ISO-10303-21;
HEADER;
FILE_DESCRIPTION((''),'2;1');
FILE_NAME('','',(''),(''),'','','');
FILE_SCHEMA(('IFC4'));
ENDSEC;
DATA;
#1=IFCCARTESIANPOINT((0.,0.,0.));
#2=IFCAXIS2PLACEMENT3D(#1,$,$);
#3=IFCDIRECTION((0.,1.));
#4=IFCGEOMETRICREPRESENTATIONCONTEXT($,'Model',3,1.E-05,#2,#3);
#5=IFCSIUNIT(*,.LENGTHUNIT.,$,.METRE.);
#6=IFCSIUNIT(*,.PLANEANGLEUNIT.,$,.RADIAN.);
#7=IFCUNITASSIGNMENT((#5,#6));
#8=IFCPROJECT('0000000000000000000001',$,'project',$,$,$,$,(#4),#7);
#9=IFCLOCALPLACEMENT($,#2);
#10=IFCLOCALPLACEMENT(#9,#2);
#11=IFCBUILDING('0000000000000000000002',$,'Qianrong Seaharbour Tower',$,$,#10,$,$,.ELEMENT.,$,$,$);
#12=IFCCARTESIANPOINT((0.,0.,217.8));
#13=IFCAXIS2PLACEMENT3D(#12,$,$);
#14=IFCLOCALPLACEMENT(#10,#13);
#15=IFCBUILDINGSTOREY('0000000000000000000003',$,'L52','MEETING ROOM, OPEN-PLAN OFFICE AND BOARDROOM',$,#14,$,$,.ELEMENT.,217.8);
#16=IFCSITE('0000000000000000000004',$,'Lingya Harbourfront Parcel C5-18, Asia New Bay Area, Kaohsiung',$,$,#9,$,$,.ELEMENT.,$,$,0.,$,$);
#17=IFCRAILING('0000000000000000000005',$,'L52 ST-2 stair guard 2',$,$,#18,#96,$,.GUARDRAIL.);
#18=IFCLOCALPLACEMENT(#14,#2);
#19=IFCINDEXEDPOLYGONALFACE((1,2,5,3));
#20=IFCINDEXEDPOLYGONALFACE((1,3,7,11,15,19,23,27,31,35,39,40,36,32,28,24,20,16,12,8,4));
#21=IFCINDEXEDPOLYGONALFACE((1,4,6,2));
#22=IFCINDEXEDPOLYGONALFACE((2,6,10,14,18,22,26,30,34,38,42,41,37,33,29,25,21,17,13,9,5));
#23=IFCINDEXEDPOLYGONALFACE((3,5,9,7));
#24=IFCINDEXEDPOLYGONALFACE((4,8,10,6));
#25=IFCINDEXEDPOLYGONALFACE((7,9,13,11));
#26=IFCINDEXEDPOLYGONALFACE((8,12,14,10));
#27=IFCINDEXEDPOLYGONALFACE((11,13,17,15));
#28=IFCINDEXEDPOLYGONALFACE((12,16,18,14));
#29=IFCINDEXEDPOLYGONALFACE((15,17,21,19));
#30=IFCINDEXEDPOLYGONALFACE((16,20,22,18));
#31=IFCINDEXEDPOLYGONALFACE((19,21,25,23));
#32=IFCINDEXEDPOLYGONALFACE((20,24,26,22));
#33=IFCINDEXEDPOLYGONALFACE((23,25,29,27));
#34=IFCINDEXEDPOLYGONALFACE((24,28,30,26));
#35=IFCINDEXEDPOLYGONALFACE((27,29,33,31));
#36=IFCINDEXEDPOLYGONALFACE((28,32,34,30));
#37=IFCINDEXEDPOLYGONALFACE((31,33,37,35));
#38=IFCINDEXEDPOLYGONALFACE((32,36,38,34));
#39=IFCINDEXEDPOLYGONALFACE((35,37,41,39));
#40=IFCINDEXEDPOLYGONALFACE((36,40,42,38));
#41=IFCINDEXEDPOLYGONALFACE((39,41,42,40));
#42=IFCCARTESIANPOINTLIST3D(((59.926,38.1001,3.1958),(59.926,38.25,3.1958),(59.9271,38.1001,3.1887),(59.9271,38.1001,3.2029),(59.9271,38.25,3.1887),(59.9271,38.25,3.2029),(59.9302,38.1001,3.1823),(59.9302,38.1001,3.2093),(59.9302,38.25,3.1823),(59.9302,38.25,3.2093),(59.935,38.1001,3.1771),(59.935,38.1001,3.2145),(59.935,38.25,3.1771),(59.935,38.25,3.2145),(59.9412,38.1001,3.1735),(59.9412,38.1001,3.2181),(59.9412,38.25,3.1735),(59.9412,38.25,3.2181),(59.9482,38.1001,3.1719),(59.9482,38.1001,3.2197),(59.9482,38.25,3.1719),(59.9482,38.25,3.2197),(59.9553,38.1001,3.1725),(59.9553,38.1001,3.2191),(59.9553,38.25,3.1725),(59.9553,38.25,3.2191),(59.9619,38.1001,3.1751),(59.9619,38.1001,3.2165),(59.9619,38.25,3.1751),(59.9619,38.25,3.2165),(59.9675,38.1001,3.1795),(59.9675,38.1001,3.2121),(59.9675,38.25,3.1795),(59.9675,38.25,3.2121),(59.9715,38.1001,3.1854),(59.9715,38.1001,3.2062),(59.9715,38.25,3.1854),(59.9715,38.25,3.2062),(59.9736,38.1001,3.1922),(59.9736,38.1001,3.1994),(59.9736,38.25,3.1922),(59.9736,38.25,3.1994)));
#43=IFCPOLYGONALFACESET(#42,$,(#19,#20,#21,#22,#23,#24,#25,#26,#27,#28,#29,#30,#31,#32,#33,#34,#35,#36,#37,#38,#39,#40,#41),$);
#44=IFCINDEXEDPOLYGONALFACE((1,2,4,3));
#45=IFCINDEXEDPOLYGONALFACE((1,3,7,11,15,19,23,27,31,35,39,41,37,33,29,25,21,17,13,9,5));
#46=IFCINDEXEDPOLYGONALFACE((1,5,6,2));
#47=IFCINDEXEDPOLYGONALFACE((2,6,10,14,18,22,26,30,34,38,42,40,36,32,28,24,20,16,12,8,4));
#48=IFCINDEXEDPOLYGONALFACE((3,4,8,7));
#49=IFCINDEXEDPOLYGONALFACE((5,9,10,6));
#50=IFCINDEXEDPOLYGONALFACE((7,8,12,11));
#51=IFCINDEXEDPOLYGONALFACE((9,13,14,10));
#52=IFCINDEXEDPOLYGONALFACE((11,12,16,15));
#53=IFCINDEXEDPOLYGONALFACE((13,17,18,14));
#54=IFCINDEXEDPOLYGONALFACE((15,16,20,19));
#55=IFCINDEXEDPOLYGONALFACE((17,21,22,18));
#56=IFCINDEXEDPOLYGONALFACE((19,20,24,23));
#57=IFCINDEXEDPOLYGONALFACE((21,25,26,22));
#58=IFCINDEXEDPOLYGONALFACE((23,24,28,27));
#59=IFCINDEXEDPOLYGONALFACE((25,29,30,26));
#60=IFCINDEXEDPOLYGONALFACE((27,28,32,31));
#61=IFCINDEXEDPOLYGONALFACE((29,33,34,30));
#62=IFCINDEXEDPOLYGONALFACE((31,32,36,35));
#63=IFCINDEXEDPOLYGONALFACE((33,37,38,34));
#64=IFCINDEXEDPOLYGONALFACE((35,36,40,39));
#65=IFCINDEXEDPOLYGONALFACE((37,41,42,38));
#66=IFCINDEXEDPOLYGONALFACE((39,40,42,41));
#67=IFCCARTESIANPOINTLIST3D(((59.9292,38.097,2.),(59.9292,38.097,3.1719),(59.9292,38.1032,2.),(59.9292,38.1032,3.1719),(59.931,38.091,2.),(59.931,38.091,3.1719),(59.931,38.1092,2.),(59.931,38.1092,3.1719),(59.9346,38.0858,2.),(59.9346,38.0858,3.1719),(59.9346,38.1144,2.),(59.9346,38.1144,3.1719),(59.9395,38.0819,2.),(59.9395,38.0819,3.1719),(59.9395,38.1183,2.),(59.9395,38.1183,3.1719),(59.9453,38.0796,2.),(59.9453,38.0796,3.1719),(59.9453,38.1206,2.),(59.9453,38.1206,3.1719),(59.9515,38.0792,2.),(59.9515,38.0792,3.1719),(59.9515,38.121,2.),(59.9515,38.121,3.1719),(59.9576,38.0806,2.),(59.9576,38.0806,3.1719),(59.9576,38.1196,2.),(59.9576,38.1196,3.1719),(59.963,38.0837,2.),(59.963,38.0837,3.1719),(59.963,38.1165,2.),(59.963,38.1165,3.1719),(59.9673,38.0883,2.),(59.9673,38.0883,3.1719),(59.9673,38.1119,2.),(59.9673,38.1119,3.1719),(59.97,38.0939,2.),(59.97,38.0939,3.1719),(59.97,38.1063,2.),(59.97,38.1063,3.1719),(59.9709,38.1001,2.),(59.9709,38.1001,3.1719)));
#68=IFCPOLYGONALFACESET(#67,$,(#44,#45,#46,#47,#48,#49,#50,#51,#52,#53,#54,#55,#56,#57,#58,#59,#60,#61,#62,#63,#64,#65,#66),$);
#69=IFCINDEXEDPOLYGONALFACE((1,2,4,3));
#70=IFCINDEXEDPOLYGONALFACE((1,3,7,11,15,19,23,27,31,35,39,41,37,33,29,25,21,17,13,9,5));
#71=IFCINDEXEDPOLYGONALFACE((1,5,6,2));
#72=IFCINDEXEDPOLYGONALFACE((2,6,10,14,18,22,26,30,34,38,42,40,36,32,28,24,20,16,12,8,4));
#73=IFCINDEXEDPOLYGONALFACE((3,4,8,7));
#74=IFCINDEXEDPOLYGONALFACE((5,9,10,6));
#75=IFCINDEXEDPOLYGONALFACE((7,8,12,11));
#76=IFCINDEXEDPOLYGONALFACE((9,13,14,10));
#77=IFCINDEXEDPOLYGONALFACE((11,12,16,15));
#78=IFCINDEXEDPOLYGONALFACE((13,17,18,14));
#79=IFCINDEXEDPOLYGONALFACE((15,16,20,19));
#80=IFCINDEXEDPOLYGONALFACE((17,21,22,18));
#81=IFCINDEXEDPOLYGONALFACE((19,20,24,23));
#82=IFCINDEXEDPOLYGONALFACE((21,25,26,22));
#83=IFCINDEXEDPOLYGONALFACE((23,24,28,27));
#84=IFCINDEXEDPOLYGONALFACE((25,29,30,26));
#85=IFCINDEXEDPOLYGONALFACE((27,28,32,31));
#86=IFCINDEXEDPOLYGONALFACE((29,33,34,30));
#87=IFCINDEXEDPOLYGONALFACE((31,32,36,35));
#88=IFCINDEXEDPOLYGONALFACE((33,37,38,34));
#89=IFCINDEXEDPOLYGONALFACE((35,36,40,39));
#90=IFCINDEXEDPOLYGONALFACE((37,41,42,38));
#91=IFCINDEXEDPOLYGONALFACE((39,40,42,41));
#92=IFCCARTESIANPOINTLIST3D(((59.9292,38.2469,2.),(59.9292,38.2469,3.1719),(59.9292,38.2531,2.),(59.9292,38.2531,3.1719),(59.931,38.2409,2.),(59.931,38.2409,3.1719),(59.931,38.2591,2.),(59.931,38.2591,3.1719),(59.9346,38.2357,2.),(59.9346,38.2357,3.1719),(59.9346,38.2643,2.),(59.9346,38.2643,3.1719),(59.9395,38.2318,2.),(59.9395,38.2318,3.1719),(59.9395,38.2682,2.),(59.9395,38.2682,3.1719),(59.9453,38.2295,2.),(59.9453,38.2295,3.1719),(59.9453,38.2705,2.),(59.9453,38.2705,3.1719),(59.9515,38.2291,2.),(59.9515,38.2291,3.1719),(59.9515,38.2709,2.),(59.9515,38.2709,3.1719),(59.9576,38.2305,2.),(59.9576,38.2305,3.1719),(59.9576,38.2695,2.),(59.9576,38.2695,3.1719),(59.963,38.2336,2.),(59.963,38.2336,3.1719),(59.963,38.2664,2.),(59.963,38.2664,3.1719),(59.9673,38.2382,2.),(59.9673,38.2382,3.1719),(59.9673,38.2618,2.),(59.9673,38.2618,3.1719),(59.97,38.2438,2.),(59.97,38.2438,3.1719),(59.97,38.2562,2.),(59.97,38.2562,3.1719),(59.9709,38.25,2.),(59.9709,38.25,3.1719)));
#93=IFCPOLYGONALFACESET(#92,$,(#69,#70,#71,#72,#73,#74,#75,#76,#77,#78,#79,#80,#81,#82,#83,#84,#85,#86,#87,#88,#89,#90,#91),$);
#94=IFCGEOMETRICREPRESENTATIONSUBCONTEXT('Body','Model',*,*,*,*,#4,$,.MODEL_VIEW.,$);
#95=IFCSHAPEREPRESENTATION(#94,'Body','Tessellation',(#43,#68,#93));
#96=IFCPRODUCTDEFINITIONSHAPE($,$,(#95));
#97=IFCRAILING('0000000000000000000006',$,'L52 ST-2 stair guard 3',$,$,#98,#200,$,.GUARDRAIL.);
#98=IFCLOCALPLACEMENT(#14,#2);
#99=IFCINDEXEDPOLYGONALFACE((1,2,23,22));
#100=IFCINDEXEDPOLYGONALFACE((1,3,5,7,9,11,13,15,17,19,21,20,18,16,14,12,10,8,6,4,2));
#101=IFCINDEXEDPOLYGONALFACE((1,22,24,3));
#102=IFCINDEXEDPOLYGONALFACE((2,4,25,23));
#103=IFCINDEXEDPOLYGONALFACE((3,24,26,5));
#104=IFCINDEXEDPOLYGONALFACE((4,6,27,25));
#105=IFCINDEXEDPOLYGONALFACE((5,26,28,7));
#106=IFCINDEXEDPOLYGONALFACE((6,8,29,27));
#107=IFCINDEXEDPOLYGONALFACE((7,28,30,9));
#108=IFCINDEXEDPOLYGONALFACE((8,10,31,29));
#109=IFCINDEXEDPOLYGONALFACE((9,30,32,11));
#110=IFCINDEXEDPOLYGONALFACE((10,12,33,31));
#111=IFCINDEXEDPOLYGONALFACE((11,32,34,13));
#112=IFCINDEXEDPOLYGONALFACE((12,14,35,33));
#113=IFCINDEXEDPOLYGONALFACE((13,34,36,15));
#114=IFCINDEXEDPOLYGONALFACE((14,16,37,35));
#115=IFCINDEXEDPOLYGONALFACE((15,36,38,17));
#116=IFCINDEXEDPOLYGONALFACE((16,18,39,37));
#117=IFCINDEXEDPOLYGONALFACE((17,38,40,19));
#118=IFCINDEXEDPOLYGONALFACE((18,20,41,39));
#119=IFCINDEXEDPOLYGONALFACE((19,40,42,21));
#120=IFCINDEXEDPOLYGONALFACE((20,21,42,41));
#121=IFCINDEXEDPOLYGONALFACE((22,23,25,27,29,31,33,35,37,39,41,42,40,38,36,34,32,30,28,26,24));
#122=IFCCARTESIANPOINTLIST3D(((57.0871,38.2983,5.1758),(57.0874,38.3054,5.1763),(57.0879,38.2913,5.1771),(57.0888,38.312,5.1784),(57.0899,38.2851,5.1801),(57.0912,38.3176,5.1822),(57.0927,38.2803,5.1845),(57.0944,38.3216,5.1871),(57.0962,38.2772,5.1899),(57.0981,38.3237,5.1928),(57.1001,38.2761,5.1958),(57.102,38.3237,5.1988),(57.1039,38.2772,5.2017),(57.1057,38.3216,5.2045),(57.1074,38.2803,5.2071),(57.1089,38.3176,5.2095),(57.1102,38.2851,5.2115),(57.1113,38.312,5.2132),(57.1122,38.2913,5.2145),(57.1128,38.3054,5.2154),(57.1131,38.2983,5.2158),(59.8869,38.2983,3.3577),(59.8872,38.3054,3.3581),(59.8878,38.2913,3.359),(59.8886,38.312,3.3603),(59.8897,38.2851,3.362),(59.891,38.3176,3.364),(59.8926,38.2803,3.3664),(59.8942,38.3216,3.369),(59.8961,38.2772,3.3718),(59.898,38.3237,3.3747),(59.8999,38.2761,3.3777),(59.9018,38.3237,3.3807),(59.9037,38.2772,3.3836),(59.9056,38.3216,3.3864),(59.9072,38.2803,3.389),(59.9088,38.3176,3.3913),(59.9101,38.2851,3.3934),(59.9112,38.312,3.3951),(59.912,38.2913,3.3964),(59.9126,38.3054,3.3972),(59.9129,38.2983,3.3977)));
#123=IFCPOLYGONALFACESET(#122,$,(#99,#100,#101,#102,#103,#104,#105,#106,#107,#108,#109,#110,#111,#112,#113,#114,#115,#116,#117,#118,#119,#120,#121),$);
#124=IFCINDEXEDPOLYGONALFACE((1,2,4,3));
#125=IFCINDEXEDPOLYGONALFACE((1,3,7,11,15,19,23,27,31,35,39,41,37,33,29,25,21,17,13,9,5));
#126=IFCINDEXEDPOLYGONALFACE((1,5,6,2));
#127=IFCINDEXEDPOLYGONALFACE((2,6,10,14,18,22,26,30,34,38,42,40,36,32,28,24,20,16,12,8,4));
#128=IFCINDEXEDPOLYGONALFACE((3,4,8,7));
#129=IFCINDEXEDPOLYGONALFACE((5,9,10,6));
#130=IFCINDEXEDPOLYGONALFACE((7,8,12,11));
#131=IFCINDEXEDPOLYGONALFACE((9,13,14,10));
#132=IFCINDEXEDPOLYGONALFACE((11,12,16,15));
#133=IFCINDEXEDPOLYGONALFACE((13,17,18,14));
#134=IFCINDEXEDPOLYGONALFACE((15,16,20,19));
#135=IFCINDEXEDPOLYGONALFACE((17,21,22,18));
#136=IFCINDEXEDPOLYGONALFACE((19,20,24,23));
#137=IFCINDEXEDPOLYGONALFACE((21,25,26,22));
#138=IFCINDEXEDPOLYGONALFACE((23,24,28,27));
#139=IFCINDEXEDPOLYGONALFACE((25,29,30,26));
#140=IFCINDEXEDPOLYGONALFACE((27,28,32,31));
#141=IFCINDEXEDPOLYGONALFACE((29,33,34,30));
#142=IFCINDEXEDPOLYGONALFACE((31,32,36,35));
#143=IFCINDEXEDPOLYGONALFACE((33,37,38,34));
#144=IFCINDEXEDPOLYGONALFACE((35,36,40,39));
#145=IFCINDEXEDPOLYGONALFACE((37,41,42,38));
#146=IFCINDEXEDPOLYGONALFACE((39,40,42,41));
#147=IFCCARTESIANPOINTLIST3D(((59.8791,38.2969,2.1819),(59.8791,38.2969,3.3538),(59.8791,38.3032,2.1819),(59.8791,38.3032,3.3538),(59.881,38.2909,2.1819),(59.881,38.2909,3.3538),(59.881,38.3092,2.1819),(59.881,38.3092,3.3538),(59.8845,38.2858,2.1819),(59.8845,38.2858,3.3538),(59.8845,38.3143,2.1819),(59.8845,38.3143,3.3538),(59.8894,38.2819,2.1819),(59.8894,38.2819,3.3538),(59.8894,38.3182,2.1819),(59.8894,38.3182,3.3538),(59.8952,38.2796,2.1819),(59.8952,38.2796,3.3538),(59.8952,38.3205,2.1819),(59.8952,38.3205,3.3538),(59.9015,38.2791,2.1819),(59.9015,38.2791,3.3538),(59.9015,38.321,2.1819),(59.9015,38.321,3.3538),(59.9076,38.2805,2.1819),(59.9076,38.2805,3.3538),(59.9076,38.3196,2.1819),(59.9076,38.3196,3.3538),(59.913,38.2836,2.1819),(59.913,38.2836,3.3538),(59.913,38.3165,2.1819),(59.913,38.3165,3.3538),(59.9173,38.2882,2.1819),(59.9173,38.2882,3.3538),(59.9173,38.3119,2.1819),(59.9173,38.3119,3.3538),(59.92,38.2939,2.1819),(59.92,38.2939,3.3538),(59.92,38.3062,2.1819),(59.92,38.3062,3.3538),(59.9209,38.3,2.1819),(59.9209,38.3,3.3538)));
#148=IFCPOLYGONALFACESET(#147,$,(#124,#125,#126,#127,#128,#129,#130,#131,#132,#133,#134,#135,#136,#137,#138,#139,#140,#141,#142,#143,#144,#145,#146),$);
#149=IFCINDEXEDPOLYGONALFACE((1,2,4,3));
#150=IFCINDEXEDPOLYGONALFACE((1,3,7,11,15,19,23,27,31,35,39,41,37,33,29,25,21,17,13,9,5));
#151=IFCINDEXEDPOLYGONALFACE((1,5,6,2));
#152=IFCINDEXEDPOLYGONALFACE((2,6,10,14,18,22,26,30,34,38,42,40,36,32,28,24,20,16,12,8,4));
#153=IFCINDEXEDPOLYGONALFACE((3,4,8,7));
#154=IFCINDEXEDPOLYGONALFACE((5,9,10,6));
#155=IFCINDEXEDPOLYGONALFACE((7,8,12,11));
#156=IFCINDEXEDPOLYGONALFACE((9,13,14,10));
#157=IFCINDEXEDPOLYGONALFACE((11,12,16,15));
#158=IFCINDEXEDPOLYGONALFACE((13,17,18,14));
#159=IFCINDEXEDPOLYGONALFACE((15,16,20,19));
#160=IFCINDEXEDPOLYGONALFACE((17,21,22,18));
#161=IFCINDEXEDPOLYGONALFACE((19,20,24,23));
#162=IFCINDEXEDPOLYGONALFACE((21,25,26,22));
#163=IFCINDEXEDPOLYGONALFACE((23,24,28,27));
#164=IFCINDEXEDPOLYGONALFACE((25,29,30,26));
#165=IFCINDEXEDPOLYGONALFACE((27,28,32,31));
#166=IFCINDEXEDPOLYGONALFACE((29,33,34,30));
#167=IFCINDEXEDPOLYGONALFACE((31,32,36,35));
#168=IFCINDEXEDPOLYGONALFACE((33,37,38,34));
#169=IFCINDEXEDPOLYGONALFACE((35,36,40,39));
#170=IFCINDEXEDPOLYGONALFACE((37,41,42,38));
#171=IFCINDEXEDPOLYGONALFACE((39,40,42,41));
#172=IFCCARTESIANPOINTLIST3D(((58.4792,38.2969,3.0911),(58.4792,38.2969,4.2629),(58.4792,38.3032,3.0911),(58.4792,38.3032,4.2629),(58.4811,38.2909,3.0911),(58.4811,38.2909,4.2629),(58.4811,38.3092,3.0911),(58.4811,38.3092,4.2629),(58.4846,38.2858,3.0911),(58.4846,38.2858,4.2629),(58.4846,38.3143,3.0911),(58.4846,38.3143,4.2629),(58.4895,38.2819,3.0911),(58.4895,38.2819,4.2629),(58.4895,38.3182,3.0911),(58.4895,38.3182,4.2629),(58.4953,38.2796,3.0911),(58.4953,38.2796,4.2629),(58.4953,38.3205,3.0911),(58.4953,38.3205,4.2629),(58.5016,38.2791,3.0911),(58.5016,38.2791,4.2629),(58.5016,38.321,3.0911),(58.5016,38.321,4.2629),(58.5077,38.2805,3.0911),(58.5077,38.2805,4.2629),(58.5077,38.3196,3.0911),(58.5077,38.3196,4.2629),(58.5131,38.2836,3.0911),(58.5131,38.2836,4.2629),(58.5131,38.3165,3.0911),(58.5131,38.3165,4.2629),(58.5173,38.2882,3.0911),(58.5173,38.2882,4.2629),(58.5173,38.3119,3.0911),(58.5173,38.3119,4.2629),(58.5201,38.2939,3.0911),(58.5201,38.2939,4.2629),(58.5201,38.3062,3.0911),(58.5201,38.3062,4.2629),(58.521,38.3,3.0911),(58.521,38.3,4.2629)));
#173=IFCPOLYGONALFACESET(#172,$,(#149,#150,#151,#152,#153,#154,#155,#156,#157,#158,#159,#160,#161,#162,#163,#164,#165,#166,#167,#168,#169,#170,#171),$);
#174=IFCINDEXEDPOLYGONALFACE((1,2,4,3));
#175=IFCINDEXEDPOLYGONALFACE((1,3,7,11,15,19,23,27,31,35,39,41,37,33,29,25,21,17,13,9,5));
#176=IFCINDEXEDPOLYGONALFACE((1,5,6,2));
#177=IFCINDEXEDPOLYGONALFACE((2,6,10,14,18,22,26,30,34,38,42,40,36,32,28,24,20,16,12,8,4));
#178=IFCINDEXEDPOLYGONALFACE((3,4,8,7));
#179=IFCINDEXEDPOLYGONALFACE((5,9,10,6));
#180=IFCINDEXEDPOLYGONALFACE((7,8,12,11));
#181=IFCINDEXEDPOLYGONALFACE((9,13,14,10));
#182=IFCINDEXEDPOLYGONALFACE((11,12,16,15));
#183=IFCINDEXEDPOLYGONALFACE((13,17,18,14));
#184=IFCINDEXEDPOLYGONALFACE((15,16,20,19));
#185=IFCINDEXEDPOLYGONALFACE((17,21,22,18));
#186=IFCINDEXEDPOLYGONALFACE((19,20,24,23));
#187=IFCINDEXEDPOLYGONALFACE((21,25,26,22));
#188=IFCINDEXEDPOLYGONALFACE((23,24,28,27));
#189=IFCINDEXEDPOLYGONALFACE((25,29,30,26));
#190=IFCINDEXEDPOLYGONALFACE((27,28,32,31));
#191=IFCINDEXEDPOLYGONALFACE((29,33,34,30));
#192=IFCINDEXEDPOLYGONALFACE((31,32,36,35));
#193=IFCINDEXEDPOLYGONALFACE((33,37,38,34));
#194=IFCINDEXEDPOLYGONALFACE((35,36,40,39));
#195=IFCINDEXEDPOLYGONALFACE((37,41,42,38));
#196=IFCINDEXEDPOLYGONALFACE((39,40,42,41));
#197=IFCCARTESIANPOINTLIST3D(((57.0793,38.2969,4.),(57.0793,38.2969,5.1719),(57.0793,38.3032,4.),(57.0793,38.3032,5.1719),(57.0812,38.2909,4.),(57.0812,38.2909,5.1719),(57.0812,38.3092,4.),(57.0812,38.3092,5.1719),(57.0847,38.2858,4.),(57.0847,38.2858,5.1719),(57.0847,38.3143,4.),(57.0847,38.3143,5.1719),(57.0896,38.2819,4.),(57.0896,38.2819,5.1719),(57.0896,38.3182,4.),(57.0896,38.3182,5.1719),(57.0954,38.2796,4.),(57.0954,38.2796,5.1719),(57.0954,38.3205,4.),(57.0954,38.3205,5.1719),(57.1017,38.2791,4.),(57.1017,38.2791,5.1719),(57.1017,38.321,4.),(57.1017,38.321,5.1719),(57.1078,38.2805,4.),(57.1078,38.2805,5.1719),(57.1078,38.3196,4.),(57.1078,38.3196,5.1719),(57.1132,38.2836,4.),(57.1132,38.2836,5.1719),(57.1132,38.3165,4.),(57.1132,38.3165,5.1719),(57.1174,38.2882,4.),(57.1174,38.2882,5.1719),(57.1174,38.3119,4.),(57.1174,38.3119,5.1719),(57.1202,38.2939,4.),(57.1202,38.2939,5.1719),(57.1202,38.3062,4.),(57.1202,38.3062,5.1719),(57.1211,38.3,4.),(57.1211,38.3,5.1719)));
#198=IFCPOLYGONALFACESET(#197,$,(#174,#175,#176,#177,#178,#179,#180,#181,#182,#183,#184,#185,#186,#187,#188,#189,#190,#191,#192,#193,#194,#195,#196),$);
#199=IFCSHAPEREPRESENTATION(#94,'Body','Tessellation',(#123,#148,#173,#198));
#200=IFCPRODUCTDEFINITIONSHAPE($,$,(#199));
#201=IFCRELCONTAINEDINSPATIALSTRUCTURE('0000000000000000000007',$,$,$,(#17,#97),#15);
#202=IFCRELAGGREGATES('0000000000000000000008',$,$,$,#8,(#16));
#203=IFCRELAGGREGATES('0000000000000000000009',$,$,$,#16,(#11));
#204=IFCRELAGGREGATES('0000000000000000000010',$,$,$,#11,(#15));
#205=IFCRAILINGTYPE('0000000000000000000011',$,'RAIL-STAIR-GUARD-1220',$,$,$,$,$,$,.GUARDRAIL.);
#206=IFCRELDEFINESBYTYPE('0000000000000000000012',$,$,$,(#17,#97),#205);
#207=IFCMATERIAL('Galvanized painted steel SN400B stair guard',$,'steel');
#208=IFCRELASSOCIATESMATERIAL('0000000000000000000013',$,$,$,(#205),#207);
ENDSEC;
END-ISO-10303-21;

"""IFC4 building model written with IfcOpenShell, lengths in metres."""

from ifc_helpers import new_model, si_unit, direction, frame, origin, origin_2d, place, context, subcontext, project, spatial, circle, extrude, material, type_object, element, save


model = new_model("IFC4")

# Units and contexts
model_context = context("Model", 3, precision=1e-05, world=origin(), true_north=direction((0.0, 1.0)))
body_context = subcontext(model_context, "Body", "Model", "MODEL_VIEW")
ifc_project = project(units=[si_unit("LENGTHUNIT", "METRE"), si_unit("PLANEANGLEUNIT", "RADIAN")], contexts=[model_context])

# Site, building, storey
site_placement = place(None, origin())
site = spatial("IfcSite", under=ifc_project, at=site_placement, Name="Lingya Harbourfront Parcel C5-18, Asia New Bay Area, Kaohsiung", CompositionType="ELEMENT", RefElevation=0.0)
building_placement = place(site_placement, origin())
building = spatial("IfcBuilding", under=site, at=building_placement, Name="Qianrong Seaharbour Tower", CompositionType="ELEMENT")
storey_placement = place(building_placement, frame((0.0, 0.0, 217.8)))
storey = spatial("IfcBuildingStorey", under=building, at=storey_placement, Name="L52", Description="MEETING ROOM, OPEN-PLAN OFFICE AND BOARDROOM", CompositionType="ELEMENT", Elevation=217.8)

# Railings
ifc_material_1 = material(Name="Galvanized painted steel SN400B stair guard", Category="steel")
railing_type_1 = type_object("IfcRailingType", Name="RAIL-STAIR-GUARD-1220", PredefinedType="GUARDRAIL", material=ifc_material_1)
railing_1_placement = place(storey_placement, frame((59.95, 38.1001, 2.0)))
element("IfcRailing", 1, at=railing_1_placement, inside=storey, type_object=railing_type_1, Name="L52 ST-2 stair guard 2", PredefinedType="GUARDRAIL", context=body_context, shape_type="SweptSolid", body=[
    extrude(circle(Radius=0.0239, at=origin_2d()), frame((0.0, 0.0, 1.1958), z_axis=(0.0, 1.0, 0.0), x_axis=(-1.0, 0.0, 0.0)), (0.0, 0.0, 1.0), 0.1499),
    extrude(circle(Radius=0.021, at=origin_2d()), origin(), (0.0, 0.0, 1.0), 1.1719),
    extrude(circle(Radius=0.021, at=origin_2d()), frame((0.0, 0.1499, 0.0)), (0.0, 0.0, 1.0), 1.1719),
])
railing_2_placement = place(storey_placement, frame((59.8999, 38.3, 2.1819)))
element("IfcRailing", 2, at=railing_2_placement, inside=storey, type_object=railing_type_1, Name="L52 ST-2 stair guard 3", PredefinedType="GUARDRAIL", context=body_context, shape_type="SweptSolid", body=[
    extrude(circle(Radius=0.0239, at=origin_2d()), frame((0.0, 0.0, 1.1958), z_axis=(-0.838684, 0.0, 0.544618), x_axis=(0.0, -1.0, 0.0)), (0.0, 0.0, 1.0), 3.3384),
    extrude(circle(Radius=0.021, at=origin_2d()), origin(), (0.0, 0.0, 1.0), 1.1719),
    extrude(circle(Radius=0.021, at=origin_2d()), frame((-1.3999, 0.0, 0.9092)), (0.0, 0.0, 1.0), 1.1719),
    extrude(circle(Radius=0.021, at=origin_2d()), frame((-2.7998, 0.0, 1.8181)), (0.0, 0.0, 1.0), 1.1719),
])

save(model, "model.ifc")
